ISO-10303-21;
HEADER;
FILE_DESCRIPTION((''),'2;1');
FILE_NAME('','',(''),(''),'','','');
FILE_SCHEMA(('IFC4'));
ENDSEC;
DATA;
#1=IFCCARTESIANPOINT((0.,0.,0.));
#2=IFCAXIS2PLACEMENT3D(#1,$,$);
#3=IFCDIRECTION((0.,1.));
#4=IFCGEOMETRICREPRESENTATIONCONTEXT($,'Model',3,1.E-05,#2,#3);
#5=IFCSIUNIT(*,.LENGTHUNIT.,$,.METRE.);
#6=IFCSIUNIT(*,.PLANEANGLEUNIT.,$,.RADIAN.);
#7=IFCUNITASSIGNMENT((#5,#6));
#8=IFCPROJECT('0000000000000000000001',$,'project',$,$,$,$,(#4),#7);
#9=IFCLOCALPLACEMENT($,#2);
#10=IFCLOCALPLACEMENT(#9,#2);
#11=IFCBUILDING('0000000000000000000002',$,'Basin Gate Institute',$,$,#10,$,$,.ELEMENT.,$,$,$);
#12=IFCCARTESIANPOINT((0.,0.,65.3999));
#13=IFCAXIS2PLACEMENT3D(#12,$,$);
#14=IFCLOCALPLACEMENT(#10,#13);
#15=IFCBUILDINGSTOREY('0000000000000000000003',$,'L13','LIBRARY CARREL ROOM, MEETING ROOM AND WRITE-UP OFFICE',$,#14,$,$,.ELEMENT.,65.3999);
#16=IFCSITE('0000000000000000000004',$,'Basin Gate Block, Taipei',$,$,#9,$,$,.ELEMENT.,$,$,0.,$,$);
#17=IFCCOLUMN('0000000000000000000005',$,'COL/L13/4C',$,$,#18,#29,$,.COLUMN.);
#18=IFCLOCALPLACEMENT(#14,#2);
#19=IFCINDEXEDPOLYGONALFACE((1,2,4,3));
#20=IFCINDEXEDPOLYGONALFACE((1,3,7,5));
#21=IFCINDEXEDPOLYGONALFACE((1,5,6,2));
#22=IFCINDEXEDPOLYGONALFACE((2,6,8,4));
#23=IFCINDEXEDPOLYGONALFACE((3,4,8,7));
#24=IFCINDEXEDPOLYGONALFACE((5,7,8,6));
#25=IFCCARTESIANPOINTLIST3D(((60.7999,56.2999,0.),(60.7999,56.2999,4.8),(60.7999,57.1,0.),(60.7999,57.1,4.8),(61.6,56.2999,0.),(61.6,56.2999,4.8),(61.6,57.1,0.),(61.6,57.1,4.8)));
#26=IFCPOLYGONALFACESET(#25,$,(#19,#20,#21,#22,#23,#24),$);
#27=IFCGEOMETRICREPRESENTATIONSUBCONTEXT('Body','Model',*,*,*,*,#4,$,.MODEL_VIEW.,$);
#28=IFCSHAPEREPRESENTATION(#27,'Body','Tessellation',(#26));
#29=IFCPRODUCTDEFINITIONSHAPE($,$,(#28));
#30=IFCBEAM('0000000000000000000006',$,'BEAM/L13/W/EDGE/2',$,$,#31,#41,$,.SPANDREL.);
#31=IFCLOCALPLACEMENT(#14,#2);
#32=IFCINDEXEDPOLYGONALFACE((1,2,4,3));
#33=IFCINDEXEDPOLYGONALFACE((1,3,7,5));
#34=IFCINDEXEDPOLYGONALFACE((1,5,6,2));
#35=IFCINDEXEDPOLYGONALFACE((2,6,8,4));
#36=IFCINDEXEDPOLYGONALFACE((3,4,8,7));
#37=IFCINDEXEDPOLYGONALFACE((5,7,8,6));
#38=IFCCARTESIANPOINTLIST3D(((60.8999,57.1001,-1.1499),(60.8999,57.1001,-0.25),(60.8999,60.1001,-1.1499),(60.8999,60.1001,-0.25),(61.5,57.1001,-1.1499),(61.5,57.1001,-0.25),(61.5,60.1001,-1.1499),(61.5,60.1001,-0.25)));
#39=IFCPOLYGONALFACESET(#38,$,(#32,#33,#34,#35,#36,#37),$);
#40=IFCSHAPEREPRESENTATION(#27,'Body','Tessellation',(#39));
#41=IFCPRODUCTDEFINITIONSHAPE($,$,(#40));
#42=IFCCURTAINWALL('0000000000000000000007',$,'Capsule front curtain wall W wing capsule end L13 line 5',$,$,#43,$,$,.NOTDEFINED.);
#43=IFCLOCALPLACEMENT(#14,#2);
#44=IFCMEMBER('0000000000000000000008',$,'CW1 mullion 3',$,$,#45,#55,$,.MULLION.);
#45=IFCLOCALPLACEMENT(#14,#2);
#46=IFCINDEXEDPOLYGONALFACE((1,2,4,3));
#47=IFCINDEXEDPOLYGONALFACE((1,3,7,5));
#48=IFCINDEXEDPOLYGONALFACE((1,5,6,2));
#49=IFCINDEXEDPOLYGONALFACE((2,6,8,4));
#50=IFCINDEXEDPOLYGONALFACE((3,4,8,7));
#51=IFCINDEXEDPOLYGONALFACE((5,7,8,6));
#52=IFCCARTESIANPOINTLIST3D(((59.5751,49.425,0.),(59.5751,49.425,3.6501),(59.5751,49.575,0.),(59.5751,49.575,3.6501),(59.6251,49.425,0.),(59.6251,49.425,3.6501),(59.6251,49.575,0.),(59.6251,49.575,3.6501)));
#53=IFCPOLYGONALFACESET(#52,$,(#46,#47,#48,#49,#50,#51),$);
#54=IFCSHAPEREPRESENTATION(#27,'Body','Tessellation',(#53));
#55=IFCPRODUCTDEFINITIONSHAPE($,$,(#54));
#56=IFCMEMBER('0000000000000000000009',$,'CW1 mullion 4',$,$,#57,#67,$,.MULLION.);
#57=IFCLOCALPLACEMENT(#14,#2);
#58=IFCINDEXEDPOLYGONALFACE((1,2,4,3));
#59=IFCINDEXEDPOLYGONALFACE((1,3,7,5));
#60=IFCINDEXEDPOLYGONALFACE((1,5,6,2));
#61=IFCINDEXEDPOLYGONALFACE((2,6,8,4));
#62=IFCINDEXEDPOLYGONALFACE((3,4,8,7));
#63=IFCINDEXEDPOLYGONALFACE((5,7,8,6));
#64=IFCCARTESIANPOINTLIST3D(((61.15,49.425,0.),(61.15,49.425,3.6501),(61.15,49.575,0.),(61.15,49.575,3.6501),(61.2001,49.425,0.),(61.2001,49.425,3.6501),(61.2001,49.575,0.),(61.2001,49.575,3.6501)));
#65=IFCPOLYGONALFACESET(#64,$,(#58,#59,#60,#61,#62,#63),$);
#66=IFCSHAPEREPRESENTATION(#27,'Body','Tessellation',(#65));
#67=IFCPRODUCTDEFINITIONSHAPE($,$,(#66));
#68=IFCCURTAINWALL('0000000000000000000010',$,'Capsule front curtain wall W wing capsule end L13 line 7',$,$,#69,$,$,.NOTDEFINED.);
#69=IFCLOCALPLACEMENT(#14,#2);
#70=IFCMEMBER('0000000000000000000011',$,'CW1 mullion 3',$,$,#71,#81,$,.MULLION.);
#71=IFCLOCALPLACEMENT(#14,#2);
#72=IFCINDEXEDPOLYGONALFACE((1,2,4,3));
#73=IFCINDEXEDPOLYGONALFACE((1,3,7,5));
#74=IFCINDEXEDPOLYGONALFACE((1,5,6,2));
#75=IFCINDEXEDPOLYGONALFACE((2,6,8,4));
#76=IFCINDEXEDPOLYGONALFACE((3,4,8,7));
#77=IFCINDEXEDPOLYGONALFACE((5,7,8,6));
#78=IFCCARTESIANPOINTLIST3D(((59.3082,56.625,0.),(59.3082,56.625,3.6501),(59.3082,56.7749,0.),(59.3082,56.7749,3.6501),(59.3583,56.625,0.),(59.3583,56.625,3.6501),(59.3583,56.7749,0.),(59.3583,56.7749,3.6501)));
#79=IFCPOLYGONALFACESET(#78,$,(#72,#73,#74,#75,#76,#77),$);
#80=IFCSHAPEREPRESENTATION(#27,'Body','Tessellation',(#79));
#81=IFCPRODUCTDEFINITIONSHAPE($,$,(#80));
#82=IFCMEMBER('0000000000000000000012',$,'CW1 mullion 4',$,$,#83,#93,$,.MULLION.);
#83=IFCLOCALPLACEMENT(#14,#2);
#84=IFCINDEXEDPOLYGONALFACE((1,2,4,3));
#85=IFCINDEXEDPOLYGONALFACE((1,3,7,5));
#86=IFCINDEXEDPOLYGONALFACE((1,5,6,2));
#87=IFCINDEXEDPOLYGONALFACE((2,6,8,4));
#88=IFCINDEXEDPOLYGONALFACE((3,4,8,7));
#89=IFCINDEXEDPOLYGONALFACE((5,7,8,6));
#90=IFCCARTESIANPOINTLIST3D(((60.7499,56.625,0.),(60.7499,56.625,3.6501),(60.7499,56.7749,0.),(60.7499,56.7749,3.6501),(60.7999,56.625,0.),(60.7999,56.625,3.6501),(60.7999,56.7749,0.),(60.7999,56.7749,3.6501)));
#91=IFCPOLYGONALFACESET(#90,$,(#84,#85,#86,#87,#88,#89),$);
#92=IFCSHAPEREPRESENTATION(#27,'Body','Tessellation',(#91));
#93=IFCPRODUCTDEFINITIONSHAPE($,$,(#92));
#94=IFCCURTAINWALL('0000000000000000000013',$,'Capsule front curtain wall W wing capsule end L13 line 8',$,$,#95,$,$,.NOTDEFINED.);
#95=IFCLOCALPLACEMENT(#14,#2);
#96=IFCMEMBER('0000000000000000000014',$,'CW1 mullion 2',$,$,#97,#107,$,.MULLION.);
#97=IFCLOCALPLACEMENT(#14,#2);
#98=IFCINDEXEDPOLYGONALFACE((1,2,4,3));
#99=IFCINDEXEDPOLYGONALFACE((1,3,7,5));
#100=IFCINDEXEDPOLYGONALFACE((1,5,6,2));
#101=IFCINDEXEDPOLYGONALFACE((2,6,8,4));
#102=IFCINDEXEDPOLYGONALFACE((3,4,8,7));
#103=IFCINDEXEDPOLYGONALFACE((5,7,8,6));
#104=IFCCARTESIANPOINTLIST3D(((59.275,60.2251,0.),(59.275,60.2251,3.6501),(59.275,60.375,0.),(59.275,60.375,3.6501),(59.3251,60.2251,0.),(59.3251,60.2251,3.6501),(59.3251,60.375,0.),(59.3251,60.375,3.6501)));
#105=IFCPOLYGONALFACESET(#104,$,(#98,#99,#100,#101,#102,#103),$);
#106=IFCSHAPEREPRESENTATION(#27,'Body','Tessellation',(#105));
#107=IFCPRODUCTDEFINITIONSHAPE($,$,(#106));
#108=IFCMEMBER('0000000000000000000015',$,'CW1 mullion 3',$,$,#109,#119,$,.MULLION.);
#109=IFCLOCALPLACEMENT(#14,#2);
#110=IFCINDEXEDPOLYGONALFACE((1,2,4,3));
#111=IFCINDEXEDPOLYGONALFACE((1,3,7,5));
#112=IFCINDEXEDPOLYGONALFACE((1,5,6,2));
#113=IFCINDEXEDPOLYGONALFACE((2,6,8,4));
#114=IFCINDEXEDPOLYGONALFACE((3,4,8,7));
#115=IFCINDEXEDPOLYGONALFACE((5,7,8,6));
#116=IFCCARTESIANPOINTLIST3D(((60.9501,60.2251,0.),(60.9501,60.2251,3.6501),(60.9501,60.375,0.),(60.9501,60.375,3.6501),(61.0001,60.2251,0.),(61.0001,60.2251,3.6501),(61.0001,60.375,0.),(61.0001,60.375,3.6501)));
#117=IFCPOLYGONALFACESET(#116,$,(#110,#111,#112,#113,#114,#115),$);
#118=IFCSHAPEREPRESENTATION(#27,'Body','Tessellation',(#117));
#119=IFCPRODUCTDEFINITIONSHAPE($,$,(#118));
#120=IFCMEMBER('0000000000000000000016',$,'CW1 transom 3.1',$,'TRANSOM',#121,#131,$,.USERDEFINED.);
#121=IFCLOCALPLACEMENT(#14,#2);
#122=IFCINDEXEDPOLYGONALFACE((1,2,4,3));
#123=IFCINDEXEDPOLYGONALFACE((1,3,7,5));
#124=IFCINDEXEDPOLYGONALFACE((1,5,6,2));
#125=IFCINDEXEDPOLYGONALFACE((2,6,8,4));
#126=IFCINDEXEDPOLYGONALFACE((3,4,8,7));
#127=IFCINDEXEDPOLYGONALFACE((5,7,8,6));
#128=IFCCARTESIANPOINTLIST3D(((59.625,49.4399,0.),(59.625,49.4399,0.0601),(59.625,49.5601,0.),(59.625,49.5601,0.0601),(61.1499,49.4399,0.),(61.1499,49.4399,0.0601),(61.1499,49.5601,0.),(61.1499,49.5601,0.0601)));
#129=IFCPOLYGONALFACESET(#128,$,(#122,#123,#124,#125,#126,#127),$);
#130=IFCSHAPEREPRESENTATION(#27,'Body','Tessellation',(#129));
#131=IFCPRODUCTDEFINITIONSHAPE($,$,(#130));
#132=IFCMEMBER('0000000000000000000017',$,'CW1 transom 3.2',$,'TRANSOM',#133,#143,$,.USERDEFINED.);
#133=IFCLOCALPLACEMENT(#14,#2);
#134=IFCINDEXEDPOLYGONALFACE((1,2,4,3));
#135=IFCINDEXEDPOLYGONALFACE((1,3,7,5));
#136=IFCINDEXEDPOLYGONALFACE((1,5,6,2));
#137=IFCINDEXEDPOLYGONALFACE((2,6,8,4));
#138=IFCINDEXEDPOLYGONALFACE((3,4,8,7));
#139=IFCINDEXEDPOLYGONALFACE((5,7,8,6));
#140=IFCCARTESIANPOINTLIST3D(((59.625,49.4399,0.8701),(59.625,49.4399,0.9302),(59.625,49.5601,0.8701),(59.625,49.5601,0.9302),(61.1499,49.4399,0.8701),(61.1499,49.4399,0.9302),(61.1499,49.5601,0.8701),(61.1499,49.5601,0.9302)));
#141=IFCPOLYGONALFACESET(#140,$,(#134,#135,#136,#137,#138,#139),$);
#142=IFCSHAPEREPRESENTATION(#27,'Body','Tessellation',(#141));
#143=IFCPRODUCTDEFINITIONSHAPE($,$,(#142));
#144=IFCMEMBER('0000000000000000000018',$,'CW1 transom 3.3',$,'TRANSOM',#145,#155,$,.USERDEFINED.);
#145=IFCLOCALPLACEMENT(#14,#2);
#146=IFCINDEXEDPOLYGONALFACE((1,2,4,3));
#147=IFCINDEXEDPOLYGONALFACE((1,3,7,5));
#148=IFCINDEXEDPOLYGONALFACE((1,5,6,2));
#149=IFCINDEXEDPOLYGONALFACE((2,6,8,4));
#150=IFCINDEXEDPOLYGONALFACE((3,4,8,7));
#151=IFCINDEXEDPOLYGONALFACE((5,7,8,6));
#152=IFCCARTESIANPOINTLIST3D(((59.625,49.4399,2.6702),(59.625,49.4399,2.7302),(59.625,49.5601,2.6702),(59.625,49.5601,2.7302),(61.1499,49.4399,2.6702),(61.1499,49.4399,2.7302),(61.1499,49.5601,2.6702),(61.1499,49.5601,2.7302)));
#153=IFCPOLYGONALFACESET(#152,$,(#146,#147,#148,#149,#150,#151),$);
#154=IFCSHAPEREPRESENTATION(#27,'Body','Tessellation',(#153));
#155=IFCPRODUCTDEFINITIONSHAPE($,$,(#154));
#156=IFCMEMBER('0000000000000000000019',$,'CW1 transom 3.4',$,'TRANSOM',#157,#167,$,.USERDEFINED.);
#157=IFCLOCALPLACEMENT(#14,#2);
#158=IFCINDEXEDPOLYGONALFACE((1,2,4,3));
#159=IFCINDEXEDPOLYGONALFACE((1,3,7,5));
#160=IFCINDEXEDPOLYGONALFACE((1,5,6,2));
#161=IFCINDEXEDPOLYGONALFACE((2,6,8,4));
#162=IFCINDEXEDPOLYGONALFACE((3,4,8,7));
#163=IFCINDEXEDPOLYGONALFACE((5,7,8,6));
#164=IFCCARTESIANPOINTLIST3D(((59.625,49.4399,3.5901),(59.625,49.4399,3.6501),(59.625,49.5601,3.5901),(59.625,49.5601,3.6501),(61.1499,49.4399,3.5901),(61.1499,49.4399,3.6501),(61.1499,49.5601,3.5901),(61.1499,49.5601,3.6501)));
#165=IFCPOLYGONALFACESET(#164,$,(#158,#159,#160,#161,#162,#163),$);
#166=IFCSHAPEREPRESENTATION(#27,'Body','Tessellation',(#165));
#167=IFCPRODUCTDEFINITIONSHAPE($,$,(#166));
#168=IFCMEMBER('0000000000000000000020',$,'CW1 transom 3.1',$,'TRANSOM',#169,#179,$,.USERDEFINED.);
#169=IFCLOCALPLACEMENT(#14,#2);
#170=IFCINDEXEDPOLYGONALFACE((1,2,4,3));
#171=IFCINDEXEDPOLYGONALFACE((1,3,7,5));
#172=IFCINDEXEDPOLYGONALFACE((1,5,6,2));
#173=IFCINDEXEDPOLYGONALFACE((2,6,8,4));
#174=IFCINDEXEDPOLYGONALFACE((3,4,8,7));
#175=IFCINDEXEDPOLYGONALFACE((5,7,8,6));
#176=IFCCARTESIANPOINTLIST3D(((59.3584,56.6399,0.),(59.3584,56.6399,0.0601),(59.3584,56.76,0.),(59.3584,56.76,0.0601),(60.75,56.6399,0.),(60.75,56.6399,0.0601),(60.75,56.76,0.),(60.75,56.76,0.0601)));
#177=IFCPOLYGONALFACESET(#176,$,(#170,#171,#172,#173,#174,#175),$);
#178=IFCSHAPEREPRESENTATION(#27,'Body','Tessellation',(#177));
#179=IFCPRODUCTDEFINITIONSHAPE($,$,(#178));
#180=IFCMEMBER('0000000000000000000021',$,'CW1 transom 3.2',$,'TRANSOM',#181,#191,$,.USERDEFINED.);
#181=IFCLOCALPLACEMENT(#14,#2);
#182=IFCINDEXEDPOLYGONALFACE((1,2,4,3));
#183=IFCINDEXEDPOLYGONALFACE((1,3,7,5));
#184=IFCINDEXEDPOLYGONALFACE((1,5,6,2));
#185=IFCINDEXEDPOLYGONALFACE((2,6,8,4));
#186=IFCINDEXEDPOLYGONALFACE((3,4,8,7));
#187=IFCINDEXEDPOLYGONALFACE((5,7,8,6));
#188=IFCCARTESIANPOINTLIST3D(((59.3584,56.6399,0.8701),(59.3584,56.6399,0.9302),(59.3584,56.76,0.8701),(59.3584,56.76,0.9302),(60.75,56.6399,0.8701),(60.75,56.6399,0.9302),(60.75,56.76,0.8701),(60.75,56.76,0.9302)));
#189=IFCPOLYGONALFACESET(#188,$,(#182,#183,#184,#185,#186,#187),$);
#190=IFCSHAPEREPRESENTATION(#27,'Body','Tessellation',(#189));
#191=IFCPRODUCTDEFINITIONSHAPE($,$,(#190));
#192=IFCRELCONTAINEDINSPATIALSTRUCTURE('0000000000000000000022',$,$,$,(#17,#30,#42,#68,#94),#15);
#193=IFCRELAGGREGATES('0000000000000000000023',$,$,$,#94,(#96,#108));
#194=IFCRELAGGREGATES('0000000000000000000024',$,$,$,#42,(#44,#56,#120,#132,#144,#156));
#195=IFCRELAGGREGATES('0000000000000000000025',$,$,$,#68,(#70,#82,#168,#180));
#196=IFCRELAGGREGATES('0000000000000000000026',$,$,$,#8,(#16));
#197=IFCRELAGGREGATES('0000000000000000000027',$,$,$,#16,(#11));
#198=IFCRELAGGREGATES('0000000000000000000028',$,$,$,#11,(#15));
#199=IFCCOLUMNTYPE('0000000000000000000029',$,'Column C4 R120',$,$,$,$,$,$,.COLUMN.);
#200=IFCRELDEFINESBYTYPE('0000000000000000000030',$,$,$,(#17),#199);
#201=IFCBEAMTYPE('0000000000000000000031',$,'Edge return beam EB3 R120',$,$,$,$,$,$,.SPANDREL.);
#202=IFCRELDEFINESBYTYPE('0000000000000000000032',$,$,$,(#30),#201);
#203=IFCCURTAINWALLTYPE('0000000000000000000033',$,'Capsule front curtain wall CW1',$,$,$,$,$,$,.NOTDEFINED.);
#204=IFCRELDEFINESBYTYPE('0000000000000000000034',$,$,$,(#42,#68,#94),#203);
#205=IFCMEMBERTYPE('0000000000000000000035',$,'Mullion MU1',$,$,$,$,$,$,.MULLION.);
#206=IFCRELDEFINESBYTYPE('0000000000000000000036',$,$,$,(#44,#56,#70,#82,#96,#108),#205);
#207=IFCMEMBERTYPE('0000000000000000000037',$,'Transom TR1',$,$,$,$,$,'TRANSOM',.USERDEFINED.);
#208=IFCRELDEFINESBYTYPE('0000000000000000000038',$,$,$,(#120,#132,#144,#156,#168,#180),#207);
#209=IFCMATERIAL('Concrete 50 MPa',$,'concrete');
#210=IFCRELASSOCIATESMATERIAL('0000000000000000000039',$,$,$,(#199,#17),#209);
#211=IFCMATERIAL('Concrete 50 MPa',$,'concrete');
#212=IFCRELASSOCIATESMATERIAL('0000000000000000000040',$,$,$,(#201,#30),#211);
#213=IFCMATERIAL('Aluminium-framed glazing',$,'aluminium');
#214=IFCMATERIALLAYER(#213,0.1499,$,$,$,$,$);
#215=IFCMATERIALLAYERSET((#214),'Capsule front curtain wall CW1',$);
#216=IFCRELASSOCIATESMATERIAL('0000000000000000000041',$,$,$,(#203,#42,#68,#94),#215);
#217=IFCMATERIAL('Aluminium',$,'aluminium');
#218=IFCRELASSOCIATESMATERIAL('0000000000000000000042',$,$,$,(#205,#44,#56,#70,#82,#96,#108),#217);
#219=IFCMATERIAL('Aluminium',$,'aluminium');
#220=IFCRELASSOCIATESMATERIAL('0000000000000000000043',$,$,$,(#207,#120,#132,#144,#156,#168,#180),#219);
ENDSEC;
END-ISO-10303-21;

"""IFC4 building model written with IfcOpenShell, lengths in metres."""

from ifc_helpers import new_model, si_unit, direction, frame, origin, origin_2d, place, context, subcontext, project, spatial, rectangle, extrude, material, layer, layer_set, material_profile, profile_set, type_object, element, aggregate, save


model = new_model("IFC4")

# Units and contexts
model_context = context("Model", 3, precision=1e-05, world=origin(), true_north=direction((0.0, 1.0)))
body_context = subcontext(model_context, "Body", "Model", "MODEL_VIEW")
ifc_project = project(units=[si_unit("LENGTHUNIT", "METRE"), si_unit("PLANEANGLEUNIT", "RADIAN")], contexts=[model_context])

# Site, building, storey
site_placement = place(None, origin())
site = spatial("IfcSite", under=ifc_project, at=site_placement, Name="Basin Gate Block, Taipei", CompositionType="ELEMENT", RefElevation=0.0)
building_placement = place(site_placement, origin())
building = spatial("IfcBuilding", under=site, at=building_placement, Name="Basin Gate Institute", CompositionType="ELEMENT")
storey_placement = place(building_placement, frame((0.0, 0.0, 65.3999)))
storey = spatial("IfcBuildingStorey", under=building, at=storey_placement, Name="L13", Description="LIBRARY CARREL ROOM, MEETING ROOM AND WRITE-UP OFFICE", CompositionType="ELEMENT", Elevation=65.3999)

# Column
ifc_material_1 = material(Name="Concrete 50 MPa", Category="concrete")
ifc_material_profile_1 = material_profile(ifc_material_1, rectangle(XDim=0.8, YDim=0.8, at=origin_2d()), Name="Column C4 800 x 800")
ifc_profile_set_1 = profile_set([ifc_material_profile_1], Name="Concrete 50 MPa")
column_type = type_object("IfcColumnType", Name="Column C4 R120", PredefinedType="COLUMN", material=ifc_profile_set_1)
column_placement = place(storey_placement, frame((61.2, 56.7, 0.0), z_axis=(0.0, 0.0, 1.0), x_axis=(1.0, 0.0, 0.0)))
element("IfcColumn", 1, at=column_placement, inside=storey, type_object=column_type, material=ifc_profile_set_1, Name="COL/L13/4C", PredefinedType="COLUMN", context=body_context, shape_type="SweptSolid", body=[
    extrude(rectangle(XDim=0.8, YDim=0.8, at=origin_2d()), origin(), (0.0, 0.0, 1.0), 4.8),
])

# Beam
ifc_material_2 = material(Name="Concrete 50 MPa", Category="concrete")
ifc_material_profile_2 = material_profile(ifc_material_2, rectangle(XDim=0.6001, YDim=0.8999, at=origin_2d()), Name="Edge return beam EB3 600 x 900")
ifc_profile_set_2 = profile_set([ifc_material_profile_2], Name="Concrete 50 MPa")
beam_type = type_object("IfcBeamType", Name="Edge return beam EB3 R120", PredefinedType="SPANDREL", material=ifc_profile_set_2)
beam_placement = place(storey_placement, frame((61.2, 57.1001, -0.7), z_axis=(0.0, 1.0, 0.0), x_axis=(-1.0, 0.0, 0.0)))
element("IfcBeam", 2, at=beam_placement, inside=storey, type_object=beam_type, material=ifc_profile_set_2, Name="BEAM/L13/W/EDGE/2", PredefinedType="SPANDREL", context=body_context, shape_type="SweptSolid", body=[
    extrude(rectangle(XDim=0.6001, YDim=0.8999, at=origin_2d()), origin(), (0.0, 0.0, 1.0), 3.0),
])

# Curtain walls, members
ifc_material_3 = material(Name="Aluminium-framed glazing", Category="aluminium")
ifc_layer_1 = layer(ifc_material_3, 0.1499)
ifc_layer_set_1 = layer_set([ifc_layer_1], Name="Capsule front curtain wall CW1")
curtain_wall_type = type_object("IfcCurtainWallType", Name="Capsule front curtain wall CW1", PredefinedType="NOTDEFINED", material=ifc_layer_set_1)
curtain_wall_1_placement = place(storey_placement, origin())
curtain_wall_1 = element("IfcCurtainWall", 3, at=curtain_wall_1_placement, inside=storey, type_object=curtain_wall_type, material=ifc_layer_set_1, Name="Capsule front curtain wall W wing capsule end L13 line 5", PredefinedType="NOTDEFINED")
ifc_material_4 = material(Name="Aluminium", Category="aluminium")
ifc_material_profile_3 = material_profile(ifc_material_4, rectangle(XDim=0.1499, YDim=0.05, at=origin_2d()), Name="Mullion MU1 150 x 50")
ifc_profile_set_3 = profile_set([ifc_material_profile_3], Name="Aluminium")
member_type_1 = type_object("IfcMemberType", Name="Mullion MU1", PredefinedType="MULLION", material=ifc_profile_set_3)
member_1_placement = place(storey_placement, frame((59.6001, 49.5, 0.0), z_axis=(0.0, 0.0, 1.0), x_axis=(0.0, 1.0, 0.0)))
member_1 = element("IfcMember", 4, at=member_1_placement, type_object=member_type_1, material=ifc_profile_set_3, Name="CW1 mullion 3", PredefinedType="MULLION", context=body_context, shape_type="SweptSolid", body=[
    extrude(rectangle(XDim=0.1499, YDim=0.05, at=origin_2d()), origin(), (0.0, 0.0, 1.0), 3.6501),
])
member_2_placement = place(storey_placement, frame((61.175, 49.5, 0.0), z_axis=(0.0, 0.0, 1.0), x_axis=(0.0, 1.0, 0.0)))
member_2 = element("IfcMember", 5, at=member_2_placement, type_object=member_type_1, material=ifc_profile_set_3, Name="CW1 mullion 4", PredefinedType="MULLION", context=body_context, shape_type="SweptSolid", body=[
    extrude(rectangle(XDim=0.1499, YDim=0.05, at=origin_2d()), origin(), (0.0, 0.0, 1.0), 3.6501),
])
curtain_wall_2_placement = place(storey_placement, origin())
curtain_wall_2 = element("IfcCurtainWall", 6, at=curtain_wall_2_placement, inside=storey, type_object=curtain_wall_type, material=ifc_layer_set_1, Name="Capsule front curtain wall W wing capsule end L13 line 7", PredefinedType="NOTDEFINED")
member_3_placement = place(storey_placement, frame((59.3333, 56.7, 0.0), z_axis=(0.0, 0.0, 1.0), x_axis=(0.0, 1.0, 0.0)))
member_3 = element("IfcMember", 7, at=member_3_placement, type_object=member_type_1, material=ifc_profile_set_3, Name="CW1 mullion 3", PredefinedType="MULLION", context=body_context, shape_type="SweptSolid", body=[
    extrude(rectangle(XDim=0.1499, YDim=0.05, at=origin_2d()), origin(), (0.0, 0.0, 1.0), 3.6501),
])
member_4_placement = place(storey_placement, frame((60.7749, 56.7, 0.0), z_axis=(0.0, 0.0, 1.0), x_axis=(0.0, 1.0, 0.0)))
member_4 = element("IfcMember", 8, at=member_4_placement, type_object=member_type_1, material=ifc_profile_set_3, Name="CW1 mullion 4", PredefinedType="MULLION", context=body_context, shape_type="SweptSolid", body=[
    extrude(rectangle(XDim=0.1499, YDim=0.05, at=origin_2d()), origin(), (0.0, 0.0, 1.0), 3.6501),
])
curtain_wall_3_placement = place(storey_placement, origin())
curtain_wall_3 = element("IfcCurtainWall", 9, at=curtain_wall_3_placement, inside=storey, type_object=curtain_wall_type, material=ifc_layer_set_1, Name="Capsule front curtain wall W wing capsule end L13 line 8", PredefinedType="NOTDEFINED")
member_5_placement = place(storey_placement, frame((59.3, 60.3, 0.0), z_axis=(0.0, 0.0, 1.0), x_axis=(0.0, 1.0, 0.0)))
member_5 = element("IfcMember", 10, at=member_5_placement, type_object=member_type_1, material=ifc_profile_set_3, Name="CW1 mullion 2", PredefinedType="MULLION", context=body_context, shape_type="SweptSolid", body=[
    extrude(rectangle(XDim=0.1499, YDim=0.05, at=origin_2d()), origin(), (0.0, 0.0, 1.0), 3.6501),
])
member_6_placement = place(storey_placement, frame((60.9751, 60.3, 0.0), z_axis=(0.0, 0.0, 1.0), x_axis=(0.0, 1.0, 0.0)))
member_6 = element("IfcMember", 11, at=member_6_placement, type_object=member_type_1, material=ifc_profile_set_3, Name="CW1 mullion 3", PredefinedType="MULLION", context=body_context, shape_type="SweptSolid", body=[
    extrude(rectangle(XDim=0.1499, YDim=0.05, at=origin_2d()), origin(), (0.0, 0.0, 1.0), 3.6501),
])
aggregate(curtain_wall_3, [member_5, member_6])

# Members
ifc_material_5 = material(Name="Aluminium", Category="aluminium")
ifc_material_profile_4 = material_profile(ifc_material_5, rectangle(XDim=0.1201, YDim=0.0601, at=origin_2d()), Name="Transom TR1 120 x 60")
ifc_profile_set_4 = profile_set([ifc_material_profile_4], Name="Aluminium")
member_type_2 = type_object("IfcMemberType", Name="Transom TR1", ElementType="TRANSOM", PredefinedType="USERDEFINED", material=ifc_profile_set_4)
member_7_placement = place(storey_placement, frame((59.625, 49.5, 0.03), z_axis=(1.0, 0.0, 0.0), x_axis=(0.0, 1.0, 0.0)))
member_7 = element("IfcMember", 12, at=member_7_placement, type_object=member_type_2, material=ifc_profile_set_4, Name="CW1 transom 3.1", ObjectType="TRANSOM", PredefinedType="USERDEFINED", context=body_context, shape_type="SweptSolid", body=[
    extrude(rectangle(XDim=0.1201, YDim=0.0601, at=origin_2d()), origin(), (0.0, 0.0, 1.0), 1.5249),
])
member_8_placement = place(storey_placement, frame((59.625, 49.5, 0.9001), z_axis=(1.0, 0.0, 0.0), x_axis=(0.0, 1.0, 0.0)))
member_8 = element("IfcMember", 13, at=member_8_placement, type_object=member_type_2, material=ifc_profile_set_4, Name="CW1 transom 3.2", ObjectType="TRANSOM", PredefinedType="USERDEFINED", context=body_context, shape_type="SweptSolid", body=[
    extrude(rectangle(XDim=0.1201, YDim=0.0601, at=origin_2d()), origin(), (0.0, 0.0, 1.0), 1.5249),
])
member_9_placement = place(storey_placement, frame((59.625, 49.5, 2.7002), z_axis=(1.0, 0.0, 0.0), x_axis=(0.0, 1.0, 0.0)))
member_9 = element("IfcMember", 14, at=member_9_placement, type_object=member_type_2, material=ifc_profile_set_4, Name="CW1 transom 3.3", ObjectType="TRANSOM", PredefinedType="USERDEFINED", context=body_context, shape_type="SweptSolid", body=[
    extrude(rectangle(XDim=0.1201, YDim=0.0601, at=origin_2d()), origin(), (0.0, 0.0, 1.0), 1.5249),
])
member_10_placement = place(storey_placement, frame((59.625, 49.5, 3.6201), z_axis=(1.0, 0.0, 0.0), x_axis=(0.0, 1.0, 0.0)))
member_10 = element("IfcMember", 15, at=member_10_placement, type_object=member_type_2, material=ifc_profile_set_4, Name="CW1 transom 3.4", ObjectType="TRANSOM", PredefinedType="USERDEFINED", context=body_context, shape_type="SweptSolid", body=[
    extrude(rectangle(XDim=0.1201, YDim=0.0601, at=origin_2d()), origin(), (0.0, 0.0, 1.0), 1.5249),
])
member_11_placement = place(storey_placement, frame((59.3584, 56.7, 0.03), z_axis=(1.0, 0.0, 0.0), x_axis=(0.0, 1.0, 0.0)))
member_11 = element("IfcMember", 16, at=member_11_placement, type_object=member_type_2, material=ifc_profile_set_4, Name="CW1 transom 3.1", ObjectType="TRANSOM", PredefinedType="USERDEFINED", context=body_context, shape_type="SweptSolid", body=[
    extrude(rectangle(XDim=0.1201, YDim=0.0601, at=origin_2d()), origin(), (0.0, 0.0, 1.0), 1.3916),
])
member_12_placement = place(storey_placement, frame((59.3584, 56.7, 0.9001), z_axis=(1.0, 0.0, 0.0), x_axis=(0.0, 1.0, 0.0)))
member_12 = element("IfcMember", 17, at=member_12_placement, type_object=member_type_2, material=ifc_profile_set_4, Name="CW1 transom 3.2", ObjectType="TRANSOM", PredefinedType="USERDEFINED", context=body_context, shape_type="SweptSolid", body=[
    extrude(rectangle(XDim=0.1201, YDim=0.0601, at=origin_2d()), origin(), (0.0, 0.0, 1.0), 1.3916),
])

aggregate(curtain_wall_1, [member_1, member_2, member_7, member_8, member_9, member_10])
aggregate(curtain_wall_2, [member_3, member_4, member_11, member_12])

save(model, "model.ifc")
